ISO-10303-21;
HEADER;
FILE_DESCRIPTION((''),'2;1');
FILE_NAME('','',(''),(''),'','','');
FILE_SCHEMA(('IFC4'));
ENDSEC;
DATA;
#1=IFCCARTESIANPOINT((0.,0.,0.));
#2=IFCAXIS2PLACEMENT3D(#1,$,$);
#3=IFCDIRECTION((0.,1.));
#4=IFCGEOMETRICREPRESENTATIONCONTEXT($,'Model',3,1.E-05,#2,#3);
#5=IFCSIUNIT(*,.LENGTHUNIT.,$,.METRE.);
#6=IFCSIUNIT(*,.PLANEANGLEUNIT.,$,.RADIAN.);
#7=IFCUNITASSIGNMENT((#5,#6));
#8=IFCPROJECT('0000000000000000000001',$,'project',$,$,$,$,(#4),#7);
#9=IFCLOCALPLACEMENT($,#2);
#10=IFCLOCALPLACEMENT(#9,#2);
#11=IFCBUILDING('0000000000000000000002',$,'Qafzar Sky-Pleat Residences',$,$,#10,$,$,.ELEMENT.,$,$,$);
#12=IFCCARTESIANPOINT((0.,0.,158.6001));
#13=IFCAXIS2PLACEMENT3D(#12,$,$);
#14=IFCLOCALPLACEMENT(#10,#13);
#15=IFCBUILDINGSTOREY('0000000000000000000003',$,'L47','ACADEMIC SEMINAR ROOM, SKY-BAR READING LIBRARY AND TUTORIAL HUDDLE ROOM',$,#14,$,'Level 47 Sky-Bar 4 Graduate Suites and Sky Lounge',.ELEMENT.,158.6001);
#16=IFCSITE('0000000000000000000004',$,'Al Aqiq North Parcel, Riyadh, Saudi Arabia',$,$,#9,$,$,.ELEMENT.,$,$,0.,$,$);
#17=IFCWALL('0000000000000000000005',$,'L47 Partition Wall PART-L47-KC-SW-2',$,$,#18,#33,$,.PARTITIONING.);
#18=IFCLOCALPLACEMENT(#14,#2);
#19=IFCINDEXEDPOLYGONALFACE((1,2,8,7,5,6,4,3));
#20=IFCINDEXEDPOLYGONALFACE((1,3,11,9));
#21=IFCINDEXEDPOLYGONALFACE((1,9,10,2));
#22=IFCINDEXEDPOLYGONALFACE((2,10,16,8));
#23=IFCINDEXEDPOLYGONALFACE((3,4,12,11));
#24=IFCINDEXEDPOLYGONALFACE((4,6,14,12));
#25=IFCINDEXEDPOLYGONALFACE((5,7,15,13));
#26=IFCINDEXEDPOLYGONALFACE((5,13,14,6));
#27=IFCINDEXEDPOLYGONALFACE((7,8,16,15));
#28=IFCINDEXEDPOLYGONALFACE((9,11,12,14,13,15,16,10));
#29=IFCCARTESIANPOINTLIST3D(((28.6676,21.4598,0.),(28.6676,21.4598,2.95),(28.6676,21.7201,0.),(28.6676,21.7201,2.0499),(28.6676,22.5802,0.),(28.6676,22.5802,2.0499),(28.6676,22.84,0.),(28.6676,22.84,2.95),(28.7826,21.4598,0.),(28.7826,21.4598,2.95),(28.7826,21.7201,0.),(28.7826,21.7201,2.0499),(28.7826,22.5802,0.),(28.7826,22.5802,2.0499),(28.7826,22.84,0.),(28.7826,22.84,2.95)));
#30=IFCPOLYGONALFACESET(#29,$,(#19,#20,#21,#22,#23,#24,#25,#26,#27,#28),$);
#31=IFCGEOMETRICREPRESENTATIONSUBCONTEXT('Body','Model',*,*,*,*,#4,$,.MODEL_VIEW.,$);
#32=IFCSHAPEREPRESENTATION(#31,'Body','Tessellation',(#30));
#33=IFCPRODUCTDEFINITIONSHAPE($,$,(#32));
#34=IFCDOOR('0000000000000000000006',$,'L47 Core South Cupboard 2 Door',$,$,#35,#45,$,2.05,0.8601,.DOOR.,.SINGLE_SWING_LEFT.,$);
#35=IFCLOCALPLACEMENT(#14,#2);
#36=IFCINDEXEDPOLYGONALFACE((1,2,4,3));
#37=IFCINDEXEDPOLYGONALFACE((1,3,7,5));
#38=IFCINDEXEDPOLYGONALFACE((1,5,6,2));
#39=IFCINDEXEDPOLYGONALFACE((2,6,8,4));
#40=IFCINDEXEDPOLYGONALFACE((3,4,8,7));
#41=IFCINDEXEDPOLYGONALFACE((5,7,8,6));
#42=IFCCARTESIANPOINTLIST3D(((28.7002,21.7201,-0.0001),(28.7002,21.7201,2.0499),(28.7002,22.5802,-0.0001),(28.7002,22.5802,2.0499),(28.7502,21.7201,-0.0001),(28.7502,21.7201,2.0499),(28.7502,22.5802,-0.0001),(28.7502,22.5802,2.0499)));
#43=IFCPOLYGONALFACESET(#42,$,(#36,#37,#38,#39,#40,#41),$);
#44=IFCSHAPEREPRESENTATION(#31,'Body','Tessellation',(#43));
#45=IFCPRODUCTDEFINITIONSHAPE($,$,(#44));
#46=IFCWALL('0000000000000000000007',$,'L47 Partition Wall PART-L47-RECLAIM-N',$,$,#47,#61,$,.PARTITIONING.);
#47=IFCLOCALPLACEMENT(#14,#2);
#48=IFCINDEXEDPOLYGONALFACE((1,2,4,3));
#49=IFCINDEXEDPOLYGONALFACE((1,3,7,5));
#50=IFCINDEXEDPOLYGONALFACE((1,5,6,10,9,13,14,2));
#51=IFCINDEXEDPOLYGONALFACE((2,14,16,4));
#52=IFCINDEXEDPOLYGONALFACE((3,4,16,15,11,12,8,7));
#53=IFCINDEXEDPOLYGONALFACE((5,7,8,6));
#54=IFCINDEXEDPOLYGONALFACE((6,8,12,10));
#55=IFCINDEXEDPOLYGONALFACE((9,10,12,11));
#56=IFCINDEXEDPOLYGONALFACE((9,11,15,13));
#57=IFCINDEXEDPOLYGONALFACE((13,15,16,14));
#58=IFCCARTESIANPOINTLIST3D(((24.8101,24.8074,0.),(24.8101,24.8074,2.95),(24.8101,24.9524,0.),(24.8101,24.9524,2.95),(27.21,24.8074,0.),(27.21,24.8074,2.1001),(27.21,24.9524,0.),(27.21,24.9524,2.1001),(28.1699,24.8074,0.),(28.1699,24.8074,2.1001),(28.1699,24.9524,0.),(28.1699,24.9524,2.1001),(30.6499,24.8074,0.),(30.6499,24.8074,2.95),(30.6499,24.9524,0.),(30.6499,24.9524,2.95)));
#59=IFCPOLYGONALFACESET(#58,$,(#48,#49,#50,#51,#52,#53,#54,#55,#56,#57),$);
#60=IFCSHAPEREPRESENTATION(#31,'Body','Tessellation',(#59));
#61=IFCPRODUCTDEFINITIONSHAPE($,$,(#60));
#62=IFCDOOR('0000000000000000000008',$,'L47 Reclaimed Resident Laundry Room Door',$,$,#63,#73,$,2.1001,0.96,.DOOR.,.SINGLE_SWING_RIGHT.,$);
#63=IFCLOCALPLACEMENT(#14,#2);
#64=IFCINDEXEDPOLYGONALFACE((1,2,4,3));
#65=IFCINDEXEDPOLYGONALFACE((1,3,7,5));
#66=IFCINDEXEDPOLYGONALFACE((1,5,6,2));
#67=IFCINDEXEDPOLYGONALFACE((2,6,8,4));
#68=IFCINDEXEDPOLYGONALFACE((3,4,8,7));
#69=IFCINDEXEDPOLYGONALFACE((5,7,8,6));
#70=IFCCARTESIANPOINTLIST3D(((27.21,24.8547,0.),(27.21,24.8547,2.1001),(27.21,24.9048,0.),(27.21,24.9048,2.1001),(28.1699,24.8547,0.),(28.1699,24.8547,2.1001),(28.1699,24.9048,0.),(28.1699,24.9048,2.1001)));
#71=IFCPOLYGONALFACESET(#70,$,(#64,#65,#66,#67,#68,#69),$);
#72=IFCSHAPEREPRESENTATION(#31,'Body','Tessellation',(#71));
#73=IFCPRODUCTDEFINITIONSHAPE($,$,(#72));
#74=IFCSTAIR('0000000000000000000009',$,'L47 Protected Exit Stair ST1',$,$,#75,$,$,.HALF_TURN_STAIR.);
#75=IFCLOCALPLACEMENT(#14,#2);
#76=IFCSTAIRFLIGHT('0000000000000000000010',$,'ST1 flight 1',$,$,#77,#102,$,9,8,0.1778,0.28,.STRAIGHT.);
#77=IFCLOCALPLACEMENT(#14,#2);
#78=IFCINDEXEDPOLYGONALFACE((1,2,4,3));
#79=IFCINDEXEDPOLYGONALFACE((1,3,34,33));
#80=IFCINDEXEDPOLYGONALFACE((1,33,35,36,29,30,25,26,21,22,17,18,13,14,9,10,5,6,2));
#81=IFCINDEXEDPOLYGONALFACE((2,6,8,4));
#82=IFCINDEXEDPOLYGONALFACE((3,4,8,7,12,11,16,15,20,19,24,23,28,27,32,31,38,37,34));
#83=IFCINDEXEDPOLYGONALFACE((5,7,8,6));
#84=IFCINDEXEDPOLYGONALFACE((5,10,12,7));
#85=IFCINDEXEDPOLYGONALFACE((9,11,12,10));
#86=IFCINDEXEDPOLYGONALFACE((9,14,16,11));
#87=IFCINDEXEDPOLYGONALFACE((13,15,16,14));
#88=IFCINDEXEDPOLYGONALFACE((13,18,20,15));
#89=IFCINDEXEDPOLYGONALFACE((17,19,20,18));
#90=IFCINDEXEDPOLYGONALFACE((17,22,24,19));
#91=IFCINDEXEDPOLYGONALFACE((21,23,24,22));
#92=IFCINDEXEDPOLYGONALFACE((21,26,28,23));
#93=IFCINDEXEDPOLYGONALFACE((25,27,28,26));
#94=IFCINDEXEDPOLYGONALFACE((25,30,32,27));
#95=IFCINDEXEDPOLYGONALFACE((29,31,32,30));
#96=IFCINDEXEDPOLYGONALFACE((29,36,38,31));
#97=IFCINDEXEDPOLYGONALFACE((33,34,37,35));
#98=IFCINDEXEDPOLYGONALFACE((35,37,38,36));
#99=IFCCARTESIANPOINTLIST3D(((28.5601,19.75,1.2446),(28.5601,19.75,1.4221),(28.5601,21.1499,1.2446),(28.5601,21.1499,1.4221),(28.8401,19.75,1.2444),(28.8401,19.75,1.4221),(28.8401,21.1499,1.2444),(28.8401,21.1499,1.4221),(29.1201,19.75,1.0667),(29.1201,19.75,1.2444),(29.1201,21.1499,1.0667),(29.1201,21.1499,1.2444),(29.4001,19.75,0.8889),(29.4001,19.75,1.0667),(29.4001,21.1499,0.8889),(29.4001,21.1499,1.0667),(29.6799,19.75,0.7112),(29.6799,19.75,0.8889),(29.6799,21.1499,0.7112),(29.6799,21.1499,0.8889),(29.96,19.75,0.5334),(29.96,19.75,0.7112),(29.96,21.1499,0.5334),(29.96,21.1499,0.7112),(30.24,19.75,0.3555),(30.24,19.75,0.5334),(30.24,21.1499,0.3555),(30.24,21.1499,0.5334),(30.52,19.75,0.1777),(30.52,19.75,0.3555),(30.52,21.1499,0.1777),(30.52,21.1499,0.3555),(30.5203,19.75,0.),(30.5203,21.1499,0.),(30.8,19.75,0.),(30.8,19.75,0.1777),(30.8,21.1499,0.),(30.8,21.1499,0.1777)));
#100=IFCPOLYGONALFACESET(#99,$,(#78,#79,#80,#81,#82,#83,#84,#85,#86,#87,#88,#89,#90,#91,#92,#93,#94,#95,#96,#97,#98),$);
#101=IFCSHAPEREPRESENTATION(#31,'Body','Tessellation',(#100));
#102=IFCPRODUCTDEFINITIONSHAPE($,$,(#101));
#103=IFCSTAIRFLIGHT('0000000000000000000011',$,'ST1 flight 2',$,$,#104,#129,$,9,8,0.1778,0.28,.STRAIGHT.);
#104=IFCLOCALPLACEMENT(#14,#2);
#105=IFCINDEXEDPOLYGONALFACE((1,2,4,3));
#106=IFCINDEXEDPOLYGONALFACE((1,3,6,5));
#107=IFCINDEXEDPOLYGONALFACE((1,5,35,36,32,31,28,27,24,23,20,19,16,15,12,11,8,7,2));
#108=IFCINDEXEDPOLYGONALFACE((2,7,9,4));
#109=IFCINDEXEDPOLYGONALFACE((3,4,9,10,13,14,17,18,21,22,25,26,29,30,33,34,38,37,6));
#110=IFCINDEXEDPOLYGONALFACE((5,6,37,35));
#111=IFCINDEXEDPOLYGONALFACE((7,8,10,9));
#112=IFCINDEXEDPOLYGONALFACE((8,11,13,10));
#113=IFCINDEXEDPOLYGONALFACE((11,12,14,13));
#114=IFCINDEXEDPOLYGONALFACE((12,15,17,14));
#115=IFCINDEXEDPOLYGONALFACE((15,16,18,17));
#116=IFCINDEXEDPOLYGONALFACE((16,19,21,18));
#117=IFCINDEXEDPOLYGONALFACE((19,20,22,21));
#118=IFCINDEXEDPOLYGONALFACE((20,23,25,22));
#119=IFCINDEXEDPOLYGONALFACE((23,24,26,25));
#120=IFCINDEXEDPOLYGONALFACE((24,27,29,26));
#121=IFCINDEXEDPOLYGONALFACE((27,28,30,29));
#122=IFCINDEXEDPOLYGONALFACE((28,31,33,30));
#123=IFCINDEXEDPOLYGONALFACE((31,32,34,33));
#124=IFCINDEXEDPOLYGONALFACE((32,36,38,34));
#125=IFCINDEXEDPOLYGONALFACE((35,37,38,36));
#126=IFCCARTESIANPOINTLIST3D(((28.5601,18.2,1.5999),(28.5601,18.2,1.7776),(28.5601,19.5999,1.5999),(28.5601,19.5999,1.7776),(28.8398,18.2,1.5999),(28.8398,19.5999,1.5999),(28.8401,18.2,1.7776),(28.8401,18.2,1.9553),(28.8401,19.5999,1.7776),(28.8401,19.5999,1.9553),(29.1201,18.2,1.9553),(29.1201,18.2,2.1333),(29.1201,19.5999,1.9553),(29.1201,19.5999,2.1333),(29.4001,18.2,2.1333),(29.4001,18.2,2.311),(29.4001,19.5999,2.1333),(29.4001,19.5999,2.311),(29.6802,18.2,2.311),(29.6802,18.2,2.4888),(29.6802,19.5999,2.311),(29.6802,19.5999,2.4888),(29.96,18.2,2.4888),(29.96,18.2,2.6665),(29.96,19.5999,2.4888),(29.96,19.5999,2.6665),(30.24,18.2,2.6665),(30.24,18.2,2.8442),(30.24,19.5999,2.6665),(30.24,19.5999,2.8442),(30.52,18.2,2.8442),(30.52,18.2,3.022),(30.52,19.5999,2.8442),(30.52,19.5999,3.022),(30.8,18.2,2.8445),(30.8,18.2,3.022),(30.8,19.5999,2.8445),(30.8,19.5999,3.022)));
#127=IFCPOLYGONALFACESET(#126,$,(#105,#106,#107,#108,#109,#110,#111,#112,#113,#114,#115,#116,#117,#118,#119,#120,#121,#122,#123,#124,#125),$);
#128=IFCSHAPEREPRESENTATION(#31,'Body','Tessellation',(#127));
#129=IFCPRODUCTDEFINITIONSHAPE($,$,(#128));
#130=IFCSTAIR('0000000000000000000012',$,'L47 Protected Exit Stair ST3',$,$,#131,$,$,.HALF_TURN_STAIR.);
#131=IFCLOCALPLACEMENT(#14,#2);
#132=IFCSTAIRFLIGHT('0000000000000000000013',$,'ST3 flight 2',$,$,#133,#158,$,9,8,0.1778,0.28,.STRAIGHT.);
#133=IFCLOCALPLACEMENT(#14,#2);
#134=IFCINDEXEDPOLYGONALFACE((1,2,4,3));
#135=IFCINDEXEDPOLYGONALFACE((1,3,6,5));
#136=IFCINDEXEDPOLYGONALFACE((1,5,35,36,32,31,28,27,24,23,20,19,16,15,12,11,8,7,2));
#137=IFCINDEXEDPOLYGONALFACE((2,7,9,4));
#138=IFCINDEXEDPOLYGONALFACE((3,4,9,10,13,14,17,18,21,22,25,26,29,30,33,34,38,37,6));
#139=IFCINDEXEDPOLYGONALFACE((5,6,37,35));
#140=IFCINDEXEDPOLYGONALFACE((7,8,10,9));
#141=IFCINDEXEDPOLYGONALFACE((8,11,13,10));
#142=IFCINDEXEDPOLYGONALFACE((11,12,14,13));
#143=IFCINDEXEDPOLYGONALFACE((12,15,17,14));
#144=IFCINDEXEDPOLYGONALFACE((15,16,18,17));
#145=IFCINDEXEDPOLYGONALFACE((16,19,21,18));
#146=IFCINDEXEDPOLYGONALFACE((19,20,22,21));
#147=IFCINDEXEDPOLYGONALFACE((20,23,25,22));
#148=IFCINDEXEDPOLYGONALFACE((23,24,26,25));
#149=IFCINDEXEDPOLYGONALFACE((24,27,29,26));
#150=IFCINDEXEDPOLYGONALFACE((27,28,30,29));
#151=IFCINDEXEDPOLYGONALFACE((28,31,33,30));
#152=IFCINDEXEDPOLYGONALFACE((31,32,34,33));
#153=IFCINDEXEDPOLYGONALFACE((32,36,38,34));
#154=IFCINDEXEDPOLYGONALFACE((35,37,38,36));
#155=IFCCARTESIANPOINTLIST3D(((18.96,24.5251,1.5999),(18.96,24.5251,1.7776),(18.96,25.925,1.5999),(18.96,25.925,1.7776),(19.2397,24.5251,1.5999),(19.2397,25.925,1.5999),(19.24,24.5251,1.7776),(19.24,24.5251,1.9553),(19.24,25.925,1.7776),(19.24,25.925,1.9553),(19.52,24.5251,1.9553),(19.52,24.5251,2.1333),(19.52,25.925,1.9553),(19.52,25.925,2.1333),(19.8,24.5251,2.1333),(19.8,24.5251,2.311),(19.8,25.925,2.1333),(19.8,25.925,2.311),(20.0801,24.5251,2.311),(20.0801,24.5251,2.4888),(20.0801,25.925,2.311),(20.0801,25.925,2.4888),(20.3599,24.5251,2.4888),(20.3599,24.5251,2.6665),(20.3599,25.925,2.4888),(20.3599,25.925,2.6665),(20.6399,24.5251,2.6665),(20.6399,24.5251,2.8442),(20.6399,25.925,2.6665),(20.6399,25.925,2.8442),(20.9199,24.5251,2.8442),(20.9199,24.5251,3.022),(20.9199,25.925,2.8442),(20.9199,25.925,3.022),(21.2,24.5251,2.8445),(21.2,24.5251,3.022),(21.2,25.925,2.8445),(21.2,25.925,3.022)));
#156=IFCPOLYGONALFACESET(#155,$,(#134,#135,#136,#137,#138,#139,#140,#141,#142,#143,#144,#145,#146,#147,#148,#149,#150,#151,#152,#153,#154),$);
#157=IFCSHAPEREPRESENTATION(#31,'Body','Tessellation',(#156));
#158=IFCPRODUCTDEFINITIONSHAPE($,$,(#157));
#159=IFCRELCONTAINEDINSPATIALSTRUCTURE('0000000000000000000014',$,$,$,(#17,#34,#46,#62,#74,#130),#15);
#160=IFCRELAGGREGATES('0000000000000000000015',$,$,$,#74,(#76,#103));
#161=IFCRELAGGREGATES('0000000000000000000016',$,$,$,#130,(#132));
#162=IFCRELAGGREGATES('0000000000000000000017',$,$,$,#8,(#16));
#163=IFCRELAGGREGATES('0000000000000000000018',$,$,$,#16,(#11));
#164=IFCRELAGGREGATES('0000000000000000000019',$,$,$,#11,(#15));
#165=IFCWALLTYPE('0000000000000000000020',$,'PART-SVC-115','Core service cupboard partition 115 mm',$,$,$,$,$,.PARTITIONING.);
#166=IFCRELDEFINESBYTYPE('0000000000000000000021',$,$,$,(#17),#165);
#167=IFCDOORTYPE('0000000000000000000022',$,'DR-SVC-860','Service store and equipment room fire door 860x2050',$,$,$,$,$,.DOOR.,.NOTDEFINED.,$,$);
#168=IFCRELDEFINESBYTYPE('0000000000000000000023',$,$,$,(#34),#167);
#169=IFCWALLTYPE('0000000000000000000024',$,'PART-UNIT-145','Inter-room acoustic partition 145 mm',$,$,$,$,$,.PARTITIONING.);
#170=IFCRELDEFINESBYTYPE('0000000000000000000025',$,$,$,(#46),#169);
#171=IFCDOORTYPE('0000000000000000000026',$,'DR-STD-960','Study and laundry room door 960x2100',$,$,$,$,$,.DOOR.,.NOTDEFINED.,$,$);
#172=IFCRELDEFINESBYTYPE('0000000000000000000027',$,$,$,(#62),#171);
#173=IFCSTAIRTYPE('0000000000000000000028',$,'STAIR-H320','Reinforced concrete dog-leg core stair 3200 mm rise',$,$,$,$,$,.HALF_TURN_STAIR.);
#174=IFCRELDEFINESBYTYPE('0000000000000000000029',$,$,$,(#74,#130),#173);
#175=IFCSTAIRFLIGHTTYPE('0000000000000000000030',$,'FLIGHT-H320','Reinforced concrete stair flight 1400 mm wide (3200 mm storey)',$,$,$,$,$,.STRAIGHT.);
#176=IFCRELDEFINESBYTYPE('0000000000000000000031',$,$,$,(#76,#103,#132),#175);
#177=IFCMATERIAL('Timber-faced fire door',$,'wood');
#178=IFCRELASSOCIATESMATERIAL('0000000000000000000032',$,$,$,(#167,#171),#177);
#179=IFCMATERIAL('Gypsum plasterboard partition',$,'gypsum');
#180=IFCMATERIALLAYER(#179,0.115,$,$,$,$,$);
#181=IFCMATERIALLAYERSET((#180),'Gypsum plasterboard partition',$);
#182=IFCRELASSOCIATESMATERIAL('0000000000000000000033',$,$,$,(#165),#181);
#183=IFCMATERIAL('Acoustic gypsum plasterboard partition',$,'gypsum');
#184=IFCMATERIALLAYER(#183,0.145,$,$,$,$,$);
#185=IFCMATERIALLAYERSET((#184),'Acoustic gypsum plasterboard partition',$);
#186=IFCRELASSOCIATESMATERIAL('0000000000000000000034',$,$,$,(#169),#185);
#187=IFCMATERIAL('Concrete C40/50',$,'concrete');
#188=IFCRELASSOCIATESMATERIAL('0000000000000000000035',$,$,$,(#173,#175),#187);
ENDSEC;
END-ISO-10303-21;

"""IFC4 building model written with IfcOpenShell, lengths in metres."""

from ifc_helpers import new_model, si_unit, direction, frame, frame_2d, origin, place, context, subcontext, project, spatial, polyline, rectangle, outline, extrude, source, transform, mapped, material, layer, layer_set, type_object, element, fill, aggregate, save


model = new_model("IFC4")

# Units and contexts
model_context = context("Model", 3, precision=1e-05, world=origin(), true_north=direction((0.0, 1.0)))
body_context = subcontext(model_context, "Body", "Model", "MODEL_VIEW")
ifc_project = project(units=[si_unit("LENGTHUNIT", "METRE"), si_unit("PLANEANGLEUNIT", "RADIAN")], contexts=[model_context])

# Site, building, storey
site_placement = place(None, origin())
site = spatial("IfcSite", under=ifc_project, at=site_placement, Name="Al Aqiq North Parcel, Riyadh, Saudi Arabia", CompositionType="ELEMENT", RefElevation=0.0)
building_placement = place(site_placement, origin())
building = spatial("IfcBuilding", under=site, at=building_placement, Name="Qafzar Sky-Pleat Residences", CompositionType="ELEMENT")
storey_placement = place(building_placement, frame((0.0, 0.0, 158.6001)))
storey = spatial("IfcBuildingStorey", under=building, at=storey_placement, Name="L47", Description="ACADEMIC SEMINAR ROOM, SKY-BAR READING LIBRARY AND TUTORIAL HUDDLE ROOM", LongName="Level 47 Sky-Bar 4 Graduate Suites and Sky Lounge", CompositionType="ELEMENT", Elevation=158.6001)

# Shared definitions
ifc_material_1 = material(Name="Acoustic gypsum plasterboard partition", Category="gypsum")
ifc_material_2 = material(Name="Timber-faced fire door", Category="wood")
door_type_1 = type_object("IfcDoorType", Name="DR-SVC-860", Description="Service store and equipment room fire door 860x2050", OperationType="NOTDEFINED", PredefinedType="DOOR", material=ifc_material_2)
shared_shape_1 = source(origin(), body_context, "Body", "SweptSolid", [
    extrude(rectangle(XDim=0.8601, YDim=2.05, at=frame_2d((0.4302, 1.0249))), frame((0.0, 0.0249, 0.0), z_axis=(0.0, -1.0, 0.0), x_axis=(1.0, 0.0, 0.0)), (0.0, 0.0, 1.0), 0.05),
])

# Walls, openings, doors
ifc_material_3 = material(Name="Gypsum plasterboard partition", Category="gypsum")
ifc_layer_1 = layer(ifc_material_3, 0.115)
ifc_layer_set_1 = layer_set([ifc_layer_1], Name="Gypsum plasterboard partition")
wall_type_1 = type_object("IfcWallType", Name="PART-SVC-115", Description="Core service cupboard partition 115 mm", PredefinedType="PARTITIONING", material=ifc_layer_set_1)
wall_1_placement = place(storey_placement, frame((28.7251, 21.46, 0.0), z_axis=(0.0, 0.0, 1.0), x_axis=(0.0, 1.0, 0.0)))
wall_1 = element("IfcWall", 1, at=wall_1_placement, inside=storey, type_object=wall_type_1, Name="L47 Partition Wall PART-L47-KC-SW-2", PredefinedType="PARTITIONING", context=body_context, shape_type="SweptSolid", body=[
    extrude(rectangle(XDim=1.3801, YDim=0.115, at=frame_2d((0.6899, 0.0))), origin(), (0.0, 0.0, 1.0), 2.95),
])
opening_1_placement = place(wall_1_placement, frame((0.26, 0.0, 0.0)))
opening_1 = element("IfcOpeningElement", 2, at=opening_1_placement, cuts=wall_1, PredefinedType="OPENING", context=body_context, shape_type="SweptSolid", body=[
    extrude(rectangle(XDim=0.8601, YDim=2.05, at=frame_2d((0.4302, 1.0249))), frame((0.0, 0.0674, 0.0), z_axis=(0.0, -1.0, 0.0), x_axis=(1.0, 0.0, 0.0)), (0.0, 0.0, 1.0), 0.135),
])
door_1_placement = place(opening_1_placement, origin())
door_1 = element("IfcDoor", 3, at=door_1_placement, inside=storey, type_object=door_type_1, Name="L47 Core South Cupboard 2 Door", OperationType="SINGLE_SWING_LEFT", OverallHeight=2.05, OverallWidth=0.8601, PredefinedType="DOOR", context=body_context, shape_type="MappedRepresentation", body=[
    mapped(shared_shape_1, transform((0.0, 0.0, 0.0), x_axis=(1.0, 0.0, 0.0), y_axis=(0.0, 1.0, 0.0), z_axis=(0.0, 0.0, 1.0), scale=1.0)),
])
fill(opening_1, door_1)
ifc_layer_2 = layer(ifc_material_1, 0.145)
ifc_layer_set_2 = layer_set([ifc_layer_2], Name="Acoustic gypsum plasterboard partition")
wall_type_2 = type_object("IfcWallType", Name="PART-UNIT-145", Description="Inter-room acoustic partition 145 mm", PredefinedType="PARTITIONING", material=ifc_layer_set_2)
wall_2_placement = place(storey_placement, frame((24.8101, 24.8799, 0.0), z_axis=(0.0, 0.0, 1.0), x_axis=(1.0, 0.0, 0.0)))
wall_2 = element("IfcWall", 4, at=wall_2_placement, inside=storey, type_object=wall_type_2, Name="L47 Partition Wall PART-L47-RECLAIM-N", PredefinedType="PARTITIONING", context=body_context, shape_type="SweptSolid", body=[
    extrude(rectangle(XDim=5.8398, YDim=0.145, at=frame_2d((2.9199, 0.0))), origin(), (0.0, 0.0, 1.0), 2.95),
])
opening_2_placement = place(wall_2_placement, frame((2.3999, 0.0, 0.0)))
opening_2 = element("IfcOpeningElement", 5, at=opening_2_placement, cuts=wall_2, PredefinedType="OPENING", context=body_context, shape_type="SweptSolid", body=[
    extrude(rectangle(XDim=0.96, YDim=2.1001, at=frame_2d((0.48, 1.05))), frame((0.0, 0.0825, 0.0), z_axis=(0.0, -1.0, 0.0), x_axis=(1.0, 0.0, 0.0)), (0.0, 0.0, 1.0), 0.165),
])
door_type_2 = type_object("IfcDoorType", Name="DR-STD-960", Description="Study and laundry room door 960x2100", OperationType="NOTDEFINED", PredefinedType="DOOR", material=ifc_material_2)
shared_shape_2 = source(origin(), body_context, "Body", "SweptSolid", [
    extrude(rectangle(XDim=0.96, YDim=2.1001, at=frame_2d((0.48, 1.05))), frame((0.0, 0.0249, 0.0), z_axis=(0.0, -1.0, 0.0), x_axis=(1.0, 0.0, 0.0)), (0.0, 0.0, 1.0), 0.05),
])
door_2_placement = place(opening_2_placement, origin())
door_2 = element("IfcDoor", 6, at=door_2_placement, inside=storey, type_object=door_type_2, Name="L47 Reclaimed Resident Laundry Room Door", OperationType="SINGLE_SWING_RIGHT", OverallHeight=2.1001, OverallWidth=0.96, PredefinedType="DOOR", context=body_context, shape_type="MappedRepresentation", body=[
    mapped(shared_shape_2, transform((0.0, 0.0, 0.0), x_axis=(1.0, 0.0, 0.0), y_axis=(0.0, 1.0, 0.0), z_axis=(0.0, 0.0, 1.0), scale=1.0)),
])
fill(opening_2, door_2)

# Stair, stair flights
ifc_material_4 = material(Name="Concrete C40/50", Category="concrete")
stair_type = type_object("IfcStairType", Name="STAIR-H320", Description="Reinforced concrete dog-leg core stair 3200 mm rise", PredefinedType="HALF_TURN_STAIR", material=ifc_material_4)
stair_1_placement = place(storey_placement, origin())
stair_1 = element("IfcStair", 7, at=stair_1_placement, inside=storey, type_object=stair_type, Name="L47 Protected Exit Stair ST1", PredefinedType="HALF_TURN_STAIR")
stair_flight_type = type_object("IfcStairFlightType", Name="FLIGHT-H320", Description="Reinforced concrete stair flight 1400 mm wide (3200 mm storey)", PredefinedType="STRAIGHT", material=ifc_material_4)
shared_shape_3 = source(origin(), body_context, "Body", "SweptSolid", [
    extrude(outline(polyline([(0.0, 0.0), (0.0, 0.1777), (0.28, 0.1777), (0.28, 0.3555), (0.5601, 0.3555), (0.5601, 0.5334), (0.8401, 0.5334), (0.8401, 0.7112), (1.1201, 0.7112), (1.1201, 0.8889), (1.3999, 0.8889), (1.3999, 1.0667), (1.6799, 1.0667), (1.6799, 1.2444), (1.96, 1.2444), (1.96, 1.4221), (2.24, 1.4221), (2.24, 1.6001), (2.24, 1.2446), (0.2798, 0.0), (0.0, 0.0)])), frame((0.0, 0.7, 0.0), z_axis=(0.0, -1.0, 0.0), x_axis=(1.0, 0.0, 0.0)), (0.0, 0.0, 1.0), 1.3999),
])
stair_flight_1_placement = place(storey_placement, frame((30.8, 20.45, 0.0), z_axis=(0.0, 0.0, 1.0), x_axis=(-1.0, 0.0, 0.0)))
stair_flight_1 = element("IfcStairFlight", 8, at=stair_flight_1_placement, type_object=stair_flight_type, Name="ST1 flight 1", NumberOfRisers=9, NumberOfTreads=8, PredefinedType="STRAIGHT", RiserHeight=0.1778, TreadLength=0.28, context=body_context, shape_type="MappedRepresentation", body=[
    mapped(shared_shape_3, transform((0.0, 0.0, 0.0), x_axis=(1.0, 0.0, 0.0), y_axis=(0.0, 1.0, 0.0), z_axis=(0.0, 0.0, 1.0), scale=1.0)),
])
stair_flight_2_placement = place(storey_placement, frame((28.5601, 18.8999, 1.5999), z_axis=(0.0, 0.0, 1.0), x_axis=(1.0, 0.0, 0.0)))
stair_flight_2 = element("IfcStairFlight", 9, at=stair_flight_2_placement, type_object=stair_flight_type, Name="ST1 flight 2", NumberOfRisers=9, NumberOfTreads=8, PredefinedType="STRAIGHT", RiserHeight=0.1778, TreadLength=0.28, context=body_context, shape_type="MappedRepresentation", body=[
    mapped(shared_shape_3, transform((0.0, 0.0, 0.0), x_axis=(1.0, 0.0, 0.0), y_axis=(0.0, 1.0, 0.0), z_axis=(0.0, 0.0, 1.0), scale=1.0)),
])
aggregate(stair_1, [stair_flight_1, stair_flight_2])

# Stair, stair flight
stair_2_placement = place(storey_placement, origin())
stair_2 = element("IfcStair", 10, at=stair_2_placement, inside=storey, type_object=stair_type, Name="L47 Protected Exit Stair ST3", PredefinedType="HALF_TURN_STAIR")
stair_flight_3_placement = place(storey_placement, frame((18.96, 25.2251, 1.5999), z_axis=(0.0, 0.0, 1.0), x_axis=(1.0, 0.0, 0.0)))
stair_flight_3 = element("IfcStairFlight", 11, at=stair_flight_3_placement, type_object=stair_flight_type, Name="ST3 flight 2", NumberOfRisers=9, NumberOfTreads=8, PredefinedType="STRAIGHT", RiserHeight=0.1778, TreadLength=0.28, context=body_context, shape_type="MappedRepresentation", body=[
    mapped(shared_shape_3, transform((0.0, 0.0, 0.0), x_axis=(1.0, 0.0, 0.0), y_axis=(0.0, 1.0, 0.0), z_axis=(0.0, 0.0, 1.0), scale=1.0)),
])
aggregate(stair_2, [stair_flight_3])

save(model, "model.ifc")
